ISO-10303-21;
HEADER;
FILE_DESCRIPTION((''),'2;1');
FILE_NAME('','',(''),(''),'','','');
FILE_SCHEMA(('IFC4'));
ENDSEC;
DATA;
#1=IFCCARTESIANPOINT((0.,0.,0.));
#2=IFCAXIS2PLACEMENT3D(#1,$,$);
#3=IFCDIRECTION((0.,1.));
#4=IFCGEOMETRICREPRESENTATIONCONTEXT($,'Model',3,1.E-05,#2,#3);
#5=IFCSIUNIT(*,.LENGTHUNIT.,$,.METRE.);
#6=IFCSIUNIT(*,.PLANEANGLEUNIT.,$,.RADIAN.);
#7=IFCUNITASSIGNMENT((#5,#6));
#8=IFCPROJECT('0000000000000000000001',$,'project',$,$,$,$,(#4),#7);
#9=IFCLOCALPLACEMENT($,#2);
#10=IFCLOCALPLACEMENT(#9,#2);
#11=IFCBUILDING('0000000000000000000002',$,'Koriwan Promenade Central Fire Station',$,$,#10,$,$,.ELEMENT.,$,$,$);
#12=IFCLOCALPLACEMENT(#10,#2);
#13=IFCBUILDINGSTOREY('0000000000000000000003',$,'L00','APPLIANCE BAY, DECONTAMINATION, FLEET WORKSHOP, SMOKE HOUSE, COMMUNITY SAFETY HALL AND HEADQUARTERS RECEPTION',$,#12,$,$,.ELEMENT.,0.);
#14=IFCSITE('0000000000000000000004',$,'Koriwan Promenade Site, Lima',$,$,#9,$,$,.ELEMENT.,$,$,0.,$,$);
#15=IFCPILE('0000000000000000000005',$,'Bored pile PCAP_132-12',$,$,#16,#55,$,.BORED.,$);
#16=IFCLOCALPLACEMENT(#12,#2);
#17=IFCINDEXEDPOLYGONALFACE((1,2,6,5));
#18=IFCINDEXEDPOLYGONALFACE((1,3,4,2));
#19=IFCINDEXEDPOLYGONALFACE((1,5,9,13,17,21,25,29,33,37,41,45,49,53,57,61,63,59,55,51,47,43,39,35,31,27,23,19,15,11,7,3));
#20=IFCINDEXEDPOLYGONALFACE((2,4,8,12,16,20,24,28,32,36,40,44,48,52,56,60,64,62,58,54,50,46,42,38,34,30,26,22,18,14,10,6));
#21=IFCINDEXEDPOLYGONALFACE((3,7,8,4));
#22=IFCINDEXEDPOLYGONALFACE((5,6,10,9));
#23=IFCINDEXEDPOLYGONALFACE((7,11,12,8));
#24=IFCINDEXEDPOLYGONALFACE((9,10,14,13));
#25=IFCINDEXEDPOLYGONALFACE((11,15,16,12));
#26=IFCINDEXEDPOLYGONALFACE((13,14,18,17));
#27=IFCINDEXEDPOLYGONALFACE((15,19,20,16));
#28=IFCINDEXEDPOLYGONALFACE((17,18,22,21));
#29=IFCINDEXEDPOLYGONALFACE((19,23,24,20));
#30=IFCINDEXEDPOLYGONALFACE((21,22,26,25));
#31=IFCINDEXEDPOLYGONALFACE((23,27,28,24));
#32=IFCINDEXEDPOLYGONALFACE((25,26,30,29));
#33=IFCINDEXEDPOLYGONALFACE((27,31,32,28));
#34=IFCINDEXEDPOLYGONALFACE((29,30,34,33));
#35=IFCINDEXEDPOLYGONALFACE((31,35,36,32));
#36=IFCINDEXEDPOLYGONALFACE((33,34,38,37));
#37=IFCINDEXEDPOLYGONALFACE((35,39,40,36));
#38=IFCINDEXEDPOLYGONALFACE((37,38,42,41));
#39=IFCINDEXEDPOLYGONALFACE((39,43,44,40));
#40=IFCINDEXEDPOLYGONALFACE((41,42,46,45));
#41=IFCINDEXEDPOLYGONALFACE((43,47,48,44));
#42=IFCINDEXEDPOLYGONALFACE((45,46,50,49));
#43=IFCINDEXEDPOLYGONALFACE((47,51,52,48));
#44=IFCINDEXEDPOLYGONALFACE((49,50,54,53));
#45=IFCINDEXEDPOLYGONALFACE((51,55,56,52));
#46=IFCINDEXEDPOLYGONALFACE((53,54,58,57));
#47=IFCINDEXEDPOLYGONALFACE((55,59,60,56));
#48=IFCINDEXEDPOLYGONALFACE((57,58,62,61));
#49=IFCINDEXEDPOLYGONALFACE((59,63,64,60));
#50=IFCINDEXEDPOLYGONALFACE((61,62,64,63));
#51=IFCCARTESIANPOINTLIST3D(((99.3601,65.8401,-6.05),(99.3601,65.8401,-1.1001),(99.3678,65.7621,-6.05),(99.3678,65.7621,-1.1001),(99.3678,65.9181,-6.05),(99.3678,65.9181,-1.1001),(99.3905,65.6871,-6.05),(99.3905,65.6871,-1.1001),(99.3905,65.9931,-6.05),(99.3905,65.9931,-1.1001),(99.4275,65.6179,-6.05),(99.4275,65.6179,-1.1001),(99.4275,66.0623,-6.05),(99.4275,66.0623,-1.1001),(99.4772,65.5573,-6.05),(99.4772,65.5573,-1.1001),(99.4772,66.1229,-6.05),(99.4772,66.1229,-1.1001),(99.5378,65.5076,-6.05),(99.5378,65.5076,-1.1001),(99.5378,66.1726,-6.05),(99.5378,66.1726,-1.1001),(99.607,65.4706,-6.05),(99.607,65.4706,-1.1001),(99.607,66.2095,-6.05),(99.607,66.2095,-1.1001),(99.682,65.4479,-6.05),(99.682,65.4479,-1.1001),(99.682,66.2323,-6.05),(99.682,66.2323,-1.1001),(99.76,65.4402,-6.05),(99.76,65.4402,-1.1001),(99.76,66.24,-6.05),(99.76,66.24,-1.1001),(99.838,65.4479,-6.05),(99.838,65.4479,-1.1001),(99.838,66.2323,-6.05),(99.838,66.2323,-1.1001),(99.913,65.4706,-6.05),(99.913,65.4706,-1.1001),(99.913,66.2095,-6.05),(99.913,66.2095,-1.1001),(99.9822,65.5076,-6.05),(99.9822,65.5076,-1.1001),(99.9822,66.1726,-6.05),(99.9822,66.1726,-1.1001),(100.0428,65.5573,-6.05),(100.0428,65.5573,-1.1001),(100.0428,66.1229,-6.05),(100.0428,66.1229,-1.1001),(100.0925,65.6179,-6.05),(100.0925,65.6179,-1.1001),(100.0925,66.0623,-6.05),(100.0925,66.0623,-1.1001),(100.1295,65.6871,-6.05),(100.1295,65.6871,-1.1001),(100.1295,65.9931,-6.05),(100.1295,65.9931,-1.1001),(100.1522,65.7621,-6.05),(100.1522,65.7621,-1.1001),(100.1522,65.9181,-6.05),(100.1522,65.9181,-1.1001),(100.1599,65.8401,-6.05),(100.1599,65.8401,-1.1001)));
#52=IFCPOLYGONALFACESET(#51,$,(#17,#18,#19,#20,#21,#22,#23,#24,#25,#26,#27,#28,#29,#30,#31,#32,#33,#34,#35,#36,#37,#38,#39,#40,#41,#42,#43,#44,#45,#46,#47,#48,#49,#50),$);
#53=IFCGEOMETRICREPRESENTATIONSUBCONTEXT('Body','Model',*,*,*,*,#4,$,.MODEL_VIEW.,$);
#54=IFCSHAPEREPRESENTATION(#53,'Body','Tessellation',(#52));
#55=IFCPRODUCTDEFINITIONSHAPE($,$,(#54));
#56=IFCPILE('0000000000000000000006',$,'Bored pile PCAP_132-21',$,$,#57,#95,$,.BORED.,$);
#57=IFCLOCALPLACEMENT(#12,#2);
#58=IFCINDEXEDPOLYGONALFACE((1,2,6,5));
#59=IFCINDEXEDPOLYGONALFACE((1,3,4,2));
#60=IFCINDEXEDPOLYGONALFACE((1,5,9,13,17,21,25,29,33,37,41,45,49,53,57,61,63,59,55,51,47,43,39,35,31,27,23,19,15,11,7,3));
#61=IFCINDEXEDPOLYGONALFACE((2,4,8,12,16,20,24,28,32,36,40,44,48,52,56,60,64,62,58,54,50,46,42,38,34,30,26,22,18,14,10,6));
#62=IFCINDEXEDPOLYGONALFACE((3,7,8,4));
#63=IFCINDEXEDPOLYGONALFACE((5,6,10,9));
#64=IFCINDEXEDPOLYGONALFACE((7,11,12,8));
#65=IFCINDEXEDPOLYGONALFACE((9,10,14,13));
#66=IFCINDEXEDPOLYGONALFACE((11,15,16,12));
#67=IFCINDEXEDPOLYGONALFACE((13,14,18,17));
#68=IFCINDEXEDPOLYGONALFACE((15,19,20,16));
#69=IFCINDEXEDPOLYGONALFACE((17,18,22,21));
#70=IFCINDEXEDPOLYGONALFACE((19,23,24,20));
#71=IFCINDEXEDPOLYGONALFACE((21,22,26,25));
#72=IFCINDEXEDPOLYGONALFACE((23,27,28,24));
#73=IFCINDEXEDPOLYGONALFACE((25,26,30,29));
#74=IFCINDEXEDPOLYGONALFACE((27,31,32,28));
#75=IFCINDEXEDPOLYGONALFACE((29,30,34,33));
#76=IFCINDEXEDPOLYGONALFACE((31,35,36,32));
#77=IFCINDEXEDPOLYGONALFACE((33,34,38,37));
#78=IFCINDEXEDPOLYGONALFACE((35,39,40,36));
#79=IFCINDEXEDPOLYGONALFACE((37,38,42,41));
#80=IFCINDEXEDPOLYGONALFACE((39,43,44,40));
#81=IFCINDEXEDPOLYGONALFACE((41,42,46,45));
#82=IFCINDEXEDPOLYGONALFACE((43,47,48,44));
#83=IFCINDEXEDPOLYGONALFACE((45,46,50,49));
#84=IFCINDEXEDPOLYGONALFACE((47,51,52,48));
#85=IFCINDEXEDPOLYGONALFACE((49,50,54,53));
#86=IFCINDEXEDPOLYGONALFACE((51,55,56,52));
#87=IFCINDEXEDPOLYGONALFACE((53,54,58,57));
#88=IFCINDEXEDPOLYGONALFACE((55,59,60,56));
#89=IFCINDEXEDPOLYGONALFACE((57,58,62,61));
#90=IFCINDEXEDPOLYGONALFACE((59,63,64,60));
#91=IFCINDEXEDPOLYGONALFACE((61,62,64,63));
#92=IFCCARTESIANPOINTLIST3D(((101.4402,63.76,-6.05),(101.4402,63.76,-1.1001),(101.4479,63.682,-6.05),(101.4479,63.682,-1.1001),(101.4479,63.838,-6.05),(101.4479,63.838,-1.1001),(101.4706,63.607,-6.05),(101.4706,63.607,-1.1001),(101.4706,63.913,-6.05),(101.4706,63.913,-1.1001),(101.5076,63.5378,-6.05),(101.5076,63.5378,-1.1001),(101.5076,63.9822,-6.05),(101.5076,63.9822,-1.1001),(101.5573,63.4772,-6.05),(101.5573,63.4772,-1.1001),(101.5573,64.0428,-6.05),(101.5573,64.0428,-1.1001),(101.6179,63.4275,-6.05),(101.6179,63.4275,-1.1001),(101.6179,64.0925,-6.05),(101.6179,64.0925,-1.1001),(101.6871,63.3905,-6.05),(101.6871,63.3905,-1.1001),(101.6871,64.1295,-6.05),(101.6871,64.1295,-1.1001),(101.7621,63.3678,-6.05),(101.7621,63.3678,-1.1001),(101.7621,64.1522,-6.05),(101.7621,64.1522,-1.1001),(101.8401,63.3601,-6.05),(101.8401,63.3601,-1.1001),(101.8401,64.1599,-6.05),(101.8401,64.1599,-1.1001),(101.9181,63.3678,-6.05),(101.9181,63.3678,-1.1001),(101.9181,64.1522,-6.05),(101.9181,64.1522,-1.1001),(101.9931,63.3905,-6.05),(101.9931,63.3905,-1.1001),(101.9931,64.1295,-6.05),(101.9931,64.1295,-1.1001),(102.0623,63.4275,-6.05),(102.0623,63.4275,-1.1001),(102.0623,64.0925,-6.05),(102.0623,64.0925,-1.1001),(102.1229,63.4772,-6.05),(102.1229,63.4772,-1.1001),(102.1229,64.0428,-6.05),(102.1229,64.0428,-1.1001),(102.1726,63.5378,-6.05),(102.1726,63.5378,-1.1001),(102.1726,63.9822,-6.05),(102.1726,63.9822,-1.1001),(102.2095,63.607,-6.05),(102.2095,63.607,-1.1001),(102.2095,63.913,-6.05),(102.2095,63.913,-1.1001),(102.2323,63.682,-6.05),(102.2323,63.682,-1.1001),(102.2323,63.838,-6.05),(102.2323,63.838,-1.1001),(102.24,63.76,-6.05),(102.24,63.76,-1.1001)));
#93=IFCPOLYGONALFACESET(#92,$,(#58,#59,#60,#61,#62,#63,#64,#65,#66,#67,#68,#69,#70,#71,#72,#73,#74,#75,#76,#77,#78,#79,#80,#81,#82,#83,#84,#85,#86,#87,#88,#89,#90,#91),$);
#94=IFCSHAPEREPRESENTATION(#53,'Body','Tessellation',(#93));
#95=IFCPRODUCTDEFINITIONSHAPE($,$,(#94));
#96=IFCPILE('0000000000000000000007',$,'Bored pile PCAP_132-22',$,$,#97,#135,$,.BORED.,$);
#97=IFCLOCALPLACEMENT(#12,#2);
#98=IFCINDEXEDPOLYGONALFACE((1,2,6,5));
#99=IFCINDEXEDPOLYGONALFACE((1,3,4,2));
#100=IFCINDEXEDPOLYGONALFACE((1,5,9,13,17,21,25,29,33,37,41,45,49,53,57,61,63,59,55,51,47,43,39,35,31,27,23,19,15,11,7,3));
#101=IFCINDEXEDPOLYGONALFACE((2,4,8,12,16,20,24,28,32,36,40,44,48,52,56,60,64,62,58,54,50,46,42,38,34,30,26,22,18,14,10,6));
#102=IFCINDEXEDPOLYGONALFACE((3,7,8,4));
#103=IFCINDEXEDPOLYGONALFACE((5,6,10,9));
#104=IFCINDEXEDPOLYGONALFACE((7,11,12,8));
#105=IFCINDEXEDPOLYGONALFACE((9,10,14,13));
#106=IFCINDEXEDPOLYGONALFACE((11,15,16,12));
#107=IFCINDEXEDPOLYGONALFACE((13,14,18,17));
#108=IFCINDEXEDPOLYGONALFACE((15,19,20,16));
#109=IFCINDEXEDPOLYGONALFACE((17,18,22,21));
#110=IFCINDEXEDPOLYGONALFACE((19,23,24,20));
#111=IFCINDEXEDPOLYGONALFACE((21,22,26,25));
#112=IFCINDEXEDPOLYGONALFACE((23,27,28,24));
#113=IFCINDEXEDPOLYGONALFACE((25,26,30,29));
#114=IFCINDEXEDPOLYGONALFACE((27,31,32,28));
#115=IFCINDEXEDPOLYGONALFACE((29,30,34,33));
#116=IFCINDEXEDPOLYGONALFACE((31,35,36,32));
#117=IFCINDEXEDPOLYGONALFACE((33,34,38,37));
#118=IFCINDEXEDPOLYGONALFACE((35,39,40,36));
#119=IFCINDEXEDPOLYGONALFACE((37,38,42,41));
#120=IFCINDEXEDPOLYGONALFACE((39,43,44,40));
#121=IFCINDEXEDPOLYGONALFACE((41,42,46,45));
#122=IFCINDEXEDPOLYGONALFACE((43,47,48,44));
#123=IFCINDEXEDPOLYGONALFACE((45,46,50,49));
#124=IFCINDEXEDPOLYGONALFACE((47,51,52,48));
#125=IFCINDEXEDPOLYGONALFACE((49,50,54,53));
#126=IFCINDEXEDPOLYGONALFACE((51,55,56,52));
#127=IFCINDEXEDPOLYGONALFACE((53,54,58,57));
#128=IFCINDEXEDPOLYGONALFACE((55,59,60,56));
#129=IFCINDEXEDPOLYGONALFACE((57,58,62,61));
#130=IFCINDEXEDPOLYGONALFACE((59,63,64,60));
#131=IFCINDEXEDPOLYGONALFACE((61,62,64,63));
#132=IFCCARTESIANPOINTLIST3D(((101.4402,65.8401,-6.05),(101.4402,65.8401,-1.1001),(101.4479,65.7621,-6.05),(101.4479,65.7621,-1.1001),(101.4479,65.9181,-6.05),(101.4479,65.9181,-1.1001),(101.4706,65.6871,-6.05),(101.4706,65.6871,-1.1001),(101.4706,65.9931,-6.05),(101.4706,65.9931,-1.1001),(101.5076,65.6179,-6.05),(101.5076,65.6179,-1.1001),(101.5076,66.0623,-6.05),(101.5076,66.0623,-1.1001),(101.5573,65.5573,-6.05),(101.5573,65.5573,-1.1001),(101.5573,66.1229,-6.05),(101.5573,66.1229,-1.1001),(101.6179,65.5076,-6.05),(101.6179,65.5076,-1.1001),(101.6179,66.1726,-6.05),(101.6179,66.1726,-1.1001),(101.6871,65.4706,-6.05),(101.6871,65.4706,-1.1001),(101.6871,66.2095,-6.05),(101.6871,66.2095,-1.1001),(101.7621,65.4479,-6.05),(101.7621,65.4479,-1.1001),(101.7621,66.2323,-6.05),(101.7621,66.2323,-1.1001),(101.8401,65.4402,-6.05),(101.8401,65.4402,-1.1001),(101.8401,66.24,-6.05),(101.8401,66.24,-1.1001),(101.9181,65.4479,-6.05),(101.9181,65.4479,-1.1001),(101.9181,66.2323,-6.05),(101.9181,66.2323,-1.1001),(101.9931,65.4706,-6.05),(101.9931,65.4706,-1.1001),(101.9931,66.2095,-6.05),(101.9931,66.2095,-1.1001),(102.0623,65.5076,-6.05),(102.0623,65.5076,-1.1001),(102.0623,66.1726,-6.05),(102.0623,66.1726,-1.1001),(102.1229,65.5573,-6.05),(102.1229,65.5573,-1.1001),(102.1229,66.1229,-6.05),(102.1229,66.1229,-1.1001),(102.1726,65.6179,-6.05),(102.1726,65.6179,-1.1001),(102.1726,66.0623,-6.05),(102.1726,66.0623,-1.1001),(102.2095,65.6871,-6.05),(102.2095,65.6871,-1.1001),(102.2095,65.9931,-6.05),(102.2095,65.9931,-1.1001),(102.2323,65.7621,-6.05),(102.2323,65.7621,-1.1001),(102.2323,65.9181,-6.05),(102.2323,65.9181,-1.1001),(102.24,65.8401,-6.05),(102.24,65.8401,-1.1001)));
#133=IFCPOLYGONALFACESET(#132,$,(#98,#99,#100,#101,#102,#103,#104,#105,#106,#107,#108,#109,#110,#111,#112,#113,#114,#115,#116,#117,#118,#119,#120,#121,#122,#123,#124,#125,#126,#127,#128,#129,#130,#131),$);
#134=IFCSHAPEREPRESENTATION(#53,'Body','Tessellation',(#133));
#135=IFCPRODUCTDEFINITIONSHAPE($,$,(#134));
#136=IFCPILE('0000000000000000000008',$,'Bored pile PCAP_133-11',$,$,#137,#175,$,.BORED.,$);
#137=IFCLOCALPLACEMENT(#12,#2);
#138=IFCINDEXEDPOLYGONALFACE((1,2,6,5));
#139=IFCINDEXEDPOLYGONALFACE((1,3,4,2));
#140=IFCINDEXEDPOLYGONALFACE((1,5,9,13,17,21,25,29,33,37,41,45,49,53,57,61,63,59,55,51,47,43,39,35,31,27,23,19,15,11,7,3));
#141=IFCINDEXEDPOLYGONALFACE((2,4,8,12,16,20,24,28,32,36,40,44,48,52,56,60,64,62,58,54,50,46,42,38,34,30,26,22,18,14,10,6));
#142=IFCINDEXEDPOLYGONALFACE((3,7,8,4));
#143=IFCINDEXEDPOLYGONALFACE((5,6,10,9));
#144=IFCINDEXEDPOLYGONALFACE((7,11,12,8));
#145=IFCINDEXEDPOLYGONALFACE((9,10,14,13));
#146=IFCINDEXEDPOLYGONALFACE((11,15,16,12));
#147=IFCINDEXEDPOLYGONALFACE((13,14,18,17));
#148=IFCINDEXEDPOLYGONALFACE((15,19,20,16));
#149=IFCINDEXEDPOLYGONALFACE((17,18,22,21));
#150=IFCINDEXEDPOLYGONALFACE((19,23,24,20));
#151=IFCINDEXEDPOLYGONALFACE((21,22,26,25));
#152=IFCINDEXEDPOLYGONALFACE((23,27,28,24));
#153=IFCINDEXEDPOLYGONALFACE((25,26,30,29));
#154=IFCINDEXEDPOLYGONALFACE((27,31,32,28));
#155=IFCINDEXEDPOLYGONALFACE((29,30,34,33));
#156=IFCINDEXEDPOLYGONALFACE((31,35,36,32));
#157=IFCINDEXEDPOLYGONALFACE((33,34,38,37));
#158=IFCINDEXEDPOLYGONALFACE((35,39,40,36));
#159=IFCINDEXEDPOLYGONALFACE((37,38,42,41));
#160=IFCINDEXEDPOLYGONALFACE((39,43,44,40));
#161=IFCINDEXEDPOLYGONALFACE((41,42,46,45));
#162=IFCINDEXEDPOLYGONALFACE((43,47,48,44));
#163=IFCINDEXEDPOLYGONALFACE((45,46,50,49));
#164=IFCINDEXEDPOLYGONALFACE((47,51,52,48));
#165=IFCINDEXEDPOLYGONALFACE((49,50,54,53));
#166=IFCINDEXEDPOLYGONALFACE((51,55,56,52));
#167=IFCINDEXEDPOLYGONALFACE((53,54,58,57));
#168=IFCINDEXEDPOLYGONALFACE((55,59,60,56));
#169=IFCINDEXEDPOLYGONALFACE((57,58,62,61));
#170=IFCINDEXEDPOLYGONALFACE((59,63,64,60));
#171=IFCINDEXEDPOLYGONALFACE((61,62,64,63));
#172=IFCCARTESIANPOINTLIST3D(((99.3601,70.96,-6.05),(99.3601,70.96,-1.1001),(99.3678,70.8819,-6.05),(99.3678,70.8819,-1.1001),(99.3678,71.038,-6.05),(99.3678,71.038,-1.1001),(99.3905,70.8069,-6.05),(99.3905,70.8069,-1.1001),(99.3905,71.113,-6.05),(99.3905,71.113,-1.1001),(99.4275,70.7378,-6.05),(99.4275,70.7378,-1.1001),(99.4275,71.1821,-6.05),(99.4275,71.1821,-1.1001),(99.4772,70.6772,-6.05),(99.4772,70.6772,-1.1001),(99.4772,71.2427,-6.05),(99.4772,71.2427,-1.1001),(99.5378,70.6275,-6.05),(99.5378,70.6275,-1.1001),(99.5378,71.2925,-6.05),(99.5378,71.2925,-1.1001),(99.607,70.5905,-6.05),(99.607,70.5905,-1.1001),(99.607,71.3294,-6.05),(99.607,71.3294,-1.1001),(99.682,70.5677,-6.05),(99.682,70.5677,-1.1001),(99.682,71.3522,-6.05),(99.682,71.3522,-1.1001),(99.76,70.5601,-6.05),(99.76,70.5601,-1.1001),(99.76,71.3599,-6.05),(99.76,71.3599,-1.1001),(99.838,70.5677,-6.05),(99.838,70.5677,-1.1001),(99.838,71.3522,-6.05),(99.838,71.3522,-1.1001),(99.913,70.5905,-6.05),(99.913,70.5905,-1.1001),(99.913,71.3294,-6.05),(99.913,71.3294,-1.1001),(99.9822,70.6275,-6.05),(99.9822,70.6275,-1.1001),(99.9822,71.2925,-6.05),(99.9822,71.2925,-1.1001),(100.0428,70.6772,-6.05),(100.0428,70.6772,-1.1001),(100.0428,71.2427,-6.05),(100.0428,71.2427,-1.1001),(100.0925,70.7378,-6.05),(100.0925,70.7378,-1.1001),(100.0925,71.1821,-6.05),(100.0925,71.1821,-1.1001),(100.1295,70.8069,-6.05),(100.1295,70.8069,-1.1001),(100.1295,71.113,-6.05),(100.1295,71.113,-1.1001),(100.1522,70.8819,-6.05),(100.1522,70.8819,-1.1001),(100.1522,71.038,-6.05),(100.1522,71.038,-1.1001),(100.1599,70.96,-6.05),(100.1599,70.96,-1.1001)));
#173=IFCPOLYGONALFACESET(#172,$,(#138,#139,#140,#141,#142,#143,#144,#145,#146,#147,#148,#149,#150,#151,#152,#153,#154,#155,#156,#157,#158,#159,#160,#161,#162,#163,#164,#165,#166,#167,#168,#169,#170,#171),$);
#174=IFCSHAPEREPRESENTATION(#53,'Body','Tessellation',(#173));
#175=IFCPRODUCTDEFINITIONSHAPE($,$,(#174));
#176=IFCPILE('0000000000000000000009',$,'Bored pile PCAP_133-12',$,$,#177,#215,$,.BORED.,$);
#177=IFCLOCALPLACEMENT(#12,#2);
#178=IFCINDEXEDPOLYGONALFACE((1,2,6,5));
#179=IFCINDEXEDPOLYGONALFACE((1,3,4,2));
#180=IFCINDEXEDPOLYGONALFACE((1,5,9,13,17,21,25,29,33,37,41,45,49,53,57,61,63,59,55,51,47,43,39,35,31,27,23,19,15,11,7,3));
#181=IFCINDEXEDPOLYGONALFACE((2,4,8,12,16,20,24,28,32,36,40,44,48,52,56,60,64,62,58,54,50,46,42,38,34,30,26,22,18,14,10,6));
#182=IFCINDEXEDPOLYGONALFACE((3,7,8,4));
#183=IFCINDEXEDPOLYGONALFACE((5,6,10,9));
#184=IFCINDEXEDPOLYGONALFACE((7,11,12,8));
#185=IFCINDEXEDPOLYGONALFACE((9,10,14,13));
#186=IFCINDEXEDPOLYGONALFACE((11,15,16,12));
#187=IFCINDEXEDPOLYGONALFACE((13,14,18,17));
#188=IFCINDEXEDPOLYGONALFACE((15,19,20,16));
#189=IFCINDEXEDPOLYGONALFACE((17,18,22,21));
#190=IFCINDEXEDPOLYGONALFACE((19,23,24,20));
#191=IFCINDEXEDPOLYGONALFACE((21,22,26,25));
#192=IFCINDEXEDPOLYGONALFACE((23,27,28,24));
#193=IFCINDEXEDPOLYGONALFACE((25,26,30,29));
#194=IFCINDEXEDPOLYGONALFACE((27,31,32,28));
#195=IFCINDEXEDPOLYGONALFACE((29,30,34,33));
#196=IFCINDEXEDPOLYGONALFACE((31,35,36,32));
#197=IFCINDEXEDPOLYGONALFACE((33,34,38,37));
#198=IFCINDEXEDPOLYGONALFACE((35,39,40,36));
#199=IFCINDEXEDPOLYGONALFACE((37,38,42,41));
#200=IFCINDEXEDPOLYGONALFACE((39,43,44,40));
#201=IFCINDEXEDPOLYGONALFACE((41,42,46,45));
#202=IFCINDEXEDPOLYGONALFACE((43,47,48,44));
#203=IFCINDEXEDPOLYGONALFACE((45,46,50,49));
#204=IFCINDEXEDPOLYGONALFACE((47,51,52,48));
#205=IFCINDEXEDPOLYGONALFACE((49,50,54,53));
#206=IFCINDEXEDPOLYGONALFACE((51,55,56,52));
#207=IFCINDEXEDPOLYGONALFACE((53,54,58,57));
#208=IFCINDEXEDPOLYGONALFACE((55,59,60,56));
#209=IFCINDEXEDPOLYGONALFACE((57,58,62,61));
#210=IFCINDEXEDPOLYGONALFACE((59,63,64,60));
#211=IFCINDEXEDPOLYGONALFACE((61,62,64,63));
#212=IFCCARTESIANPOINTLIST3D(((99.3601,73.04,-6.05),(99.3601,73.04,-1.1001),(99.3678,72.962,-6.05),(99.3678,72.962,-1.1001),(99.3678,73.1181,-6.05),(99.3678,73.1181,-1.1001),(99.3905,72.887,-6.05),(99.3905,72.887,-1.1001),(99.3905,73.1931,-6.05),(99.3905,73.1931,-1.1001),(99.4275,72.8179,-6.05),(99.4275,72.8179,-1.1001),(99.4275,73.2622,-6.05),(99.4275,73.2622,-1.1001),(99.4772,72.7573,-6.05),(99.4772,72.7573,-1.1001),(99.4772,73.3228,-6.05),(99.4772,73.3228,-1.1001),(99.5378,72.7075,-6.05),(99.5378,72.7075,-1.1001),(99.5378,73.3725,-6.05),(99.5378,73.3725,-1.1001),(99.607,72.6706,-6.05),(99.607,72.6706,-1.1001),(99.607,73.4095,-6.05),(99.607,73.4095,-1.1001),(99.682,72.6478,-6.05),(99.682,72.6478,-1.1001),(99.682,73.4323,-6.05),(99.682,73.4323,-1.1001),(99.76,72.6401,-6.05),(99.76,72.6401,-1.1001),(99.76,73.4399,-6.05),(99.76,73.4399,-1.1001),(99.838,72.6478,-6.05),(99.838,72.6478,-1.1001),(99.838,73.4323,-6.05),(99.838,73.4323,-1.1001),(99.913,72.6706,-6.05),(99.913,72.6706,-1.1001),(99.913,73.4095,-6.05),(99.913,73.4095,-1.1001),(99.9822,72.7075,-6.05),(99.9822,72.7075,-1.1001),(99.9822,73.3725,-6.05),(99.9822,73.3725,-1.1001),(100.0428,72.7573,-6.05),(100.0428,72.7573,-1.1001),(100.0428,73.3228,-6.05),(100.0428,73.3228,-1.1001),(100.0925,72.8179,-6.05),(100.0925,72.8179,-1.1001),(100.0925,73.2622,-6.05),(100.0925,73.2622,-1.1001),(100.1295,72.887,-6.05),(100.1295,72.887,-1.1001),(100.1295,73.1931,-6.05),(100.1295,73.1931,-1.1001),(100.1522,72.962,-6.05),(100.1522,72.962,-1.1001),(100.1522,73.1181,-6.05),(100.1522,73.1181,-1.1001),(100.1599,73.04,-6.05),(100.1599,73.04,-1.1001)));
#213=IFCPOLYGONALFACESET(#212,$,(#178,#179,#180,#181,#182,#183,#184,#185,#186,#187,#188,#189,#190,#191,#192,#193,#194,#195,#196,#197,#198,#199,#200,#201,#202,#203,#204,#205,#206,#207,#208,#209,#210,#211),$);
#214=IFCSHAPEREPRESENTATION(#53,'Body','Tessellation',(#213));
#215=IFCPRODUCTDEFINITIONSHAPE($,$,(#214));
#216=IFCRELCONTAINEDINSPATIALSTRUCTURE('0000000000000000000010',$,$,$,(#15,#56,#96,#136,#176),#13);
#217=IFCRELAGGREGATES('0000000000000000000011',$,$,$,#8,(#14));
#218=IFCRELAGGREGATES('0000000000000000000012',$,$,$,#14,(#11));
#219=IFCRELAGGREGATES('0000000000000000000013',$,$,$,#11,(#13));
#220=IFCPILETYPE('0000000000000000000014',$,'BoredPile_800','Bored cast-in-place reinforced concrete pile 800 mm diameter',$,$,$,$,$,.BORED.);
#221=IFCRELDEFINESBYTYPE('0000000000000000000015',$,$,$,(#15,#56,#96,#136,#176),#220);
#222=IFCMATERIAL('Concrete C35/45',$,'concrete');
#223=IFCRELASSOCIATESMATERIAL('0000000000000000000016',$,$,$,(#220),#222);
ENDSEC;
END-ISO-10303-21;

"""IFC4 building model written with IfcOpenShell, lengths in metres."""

from ifc_helpers import new_model, si_unit, direction, frame, origin, origin_2d, place, context, subcontext, project, spatial, circle, extrude, material, material_profile, profile_set, type_object, element, save


model = new_model("IFC4")

# Units and contexts
model_context = context("Model", 3, precision=1e-05, world=origin(), true_north=direction((0.0, 1.0)))
body_context = subcontext(model_context, "Body", "Model", "MODEL_VIEW")
ifc_project = project(units=[si_unit("LENGTHUNIT", "METRE"), si_unit("PLANEANGLEUNIT", "RADIAN")], contexts=[model_context])

# Site, building, storey
site_placement = place(None, origin())
site = spatial("IfcSite", under=ifc_project, at=site_placement, Name="Koriwan Promenade Site, Lima", CompositionType="ELEMENT", RefElevation=0.0)
building_placement = place(site_placement, origin())
building = spatial("IfcBuilding", under=site, at=building_placement, Name="Koriwan Promenade Central Fire Station", CompositionType="ELEMENT")
storey_placement = place(building_placement, origin())
storey = spatial("IfcBuildingStorey", under=building, at=storey_placement, Name="L00", Description="APPLIANCE BAY, DECONTAMINATION, FLEET WORKSHOP, SMOKE HOUSE, COMMUNITY SAFETY HALL AND HEADQUARTERS RECEPTION", CompositionType="ELEMENT", Elevation=0.0)

# Piles
ifc_material_1 = material(Name="Concrete C35/45", Category="concrete")
ifc_material_profile_1 = material_profile(ifc_material_1, circle(Radius=0.3999, at=origin_2d()), Name="PILE-D800")
ifc_profile_set_1 = profile_set([ifc_material_profile_1], Name="Concrete C35/45")
pile_type = type_object("IfcPileType", Name="BoredPile_800", Description="Bored cast-in-place reinforced concrete pile 800 mm diameter", PredefinedType="BORED", material=ifc_profile_set_1)
for number, where, z_axis, x_axis, name in (
    (1, (99.76, 65.8401, -1.1001), (0.0, 0.0, -1.0), (1.0, 0.0, 0.0), "Bored pile PCAP_132-12"),
    (2, (101.8401, 63.76, -1.1001), (0.0, 0.0, -1.0), (1.0, 0.0, 0.0), "Bored pile PCAP_132-21"),
    (3, (101.8401, 65.8401, -1.1001), (0.0, 0.0, -1.0), (1.0, 0.0, 0.0), "Bored pile PCAP_132-22"),
    (4, (99.76, 70.96, -1.1001), (0.0, 0.0, -1.0), (1.0, 0.0, 0.0), "Bored pile PCAP_133-11"),
    (5, (99.76, 73.04, -1.1001), (0.0, 0.0, -1.0), (1.0, 0.0, 0.0), "Bored pile PCAP_133-12"),
):
    element("IfcPile", number, at=place(storey_placement, frame(where, z_axis=z_axis, x_axis=x_axis)), inside=storey, type_object=pile_type, Name=name, PredefinedType="BORED", context=body_context, shape_type="SweptSolid", body=[
        extrude(circle(Radius=0.3999, at=origin_2d()), origin(), (0.0, 0.0, 1.0), 4.95),
    ])

save(model, "model.ifc")
